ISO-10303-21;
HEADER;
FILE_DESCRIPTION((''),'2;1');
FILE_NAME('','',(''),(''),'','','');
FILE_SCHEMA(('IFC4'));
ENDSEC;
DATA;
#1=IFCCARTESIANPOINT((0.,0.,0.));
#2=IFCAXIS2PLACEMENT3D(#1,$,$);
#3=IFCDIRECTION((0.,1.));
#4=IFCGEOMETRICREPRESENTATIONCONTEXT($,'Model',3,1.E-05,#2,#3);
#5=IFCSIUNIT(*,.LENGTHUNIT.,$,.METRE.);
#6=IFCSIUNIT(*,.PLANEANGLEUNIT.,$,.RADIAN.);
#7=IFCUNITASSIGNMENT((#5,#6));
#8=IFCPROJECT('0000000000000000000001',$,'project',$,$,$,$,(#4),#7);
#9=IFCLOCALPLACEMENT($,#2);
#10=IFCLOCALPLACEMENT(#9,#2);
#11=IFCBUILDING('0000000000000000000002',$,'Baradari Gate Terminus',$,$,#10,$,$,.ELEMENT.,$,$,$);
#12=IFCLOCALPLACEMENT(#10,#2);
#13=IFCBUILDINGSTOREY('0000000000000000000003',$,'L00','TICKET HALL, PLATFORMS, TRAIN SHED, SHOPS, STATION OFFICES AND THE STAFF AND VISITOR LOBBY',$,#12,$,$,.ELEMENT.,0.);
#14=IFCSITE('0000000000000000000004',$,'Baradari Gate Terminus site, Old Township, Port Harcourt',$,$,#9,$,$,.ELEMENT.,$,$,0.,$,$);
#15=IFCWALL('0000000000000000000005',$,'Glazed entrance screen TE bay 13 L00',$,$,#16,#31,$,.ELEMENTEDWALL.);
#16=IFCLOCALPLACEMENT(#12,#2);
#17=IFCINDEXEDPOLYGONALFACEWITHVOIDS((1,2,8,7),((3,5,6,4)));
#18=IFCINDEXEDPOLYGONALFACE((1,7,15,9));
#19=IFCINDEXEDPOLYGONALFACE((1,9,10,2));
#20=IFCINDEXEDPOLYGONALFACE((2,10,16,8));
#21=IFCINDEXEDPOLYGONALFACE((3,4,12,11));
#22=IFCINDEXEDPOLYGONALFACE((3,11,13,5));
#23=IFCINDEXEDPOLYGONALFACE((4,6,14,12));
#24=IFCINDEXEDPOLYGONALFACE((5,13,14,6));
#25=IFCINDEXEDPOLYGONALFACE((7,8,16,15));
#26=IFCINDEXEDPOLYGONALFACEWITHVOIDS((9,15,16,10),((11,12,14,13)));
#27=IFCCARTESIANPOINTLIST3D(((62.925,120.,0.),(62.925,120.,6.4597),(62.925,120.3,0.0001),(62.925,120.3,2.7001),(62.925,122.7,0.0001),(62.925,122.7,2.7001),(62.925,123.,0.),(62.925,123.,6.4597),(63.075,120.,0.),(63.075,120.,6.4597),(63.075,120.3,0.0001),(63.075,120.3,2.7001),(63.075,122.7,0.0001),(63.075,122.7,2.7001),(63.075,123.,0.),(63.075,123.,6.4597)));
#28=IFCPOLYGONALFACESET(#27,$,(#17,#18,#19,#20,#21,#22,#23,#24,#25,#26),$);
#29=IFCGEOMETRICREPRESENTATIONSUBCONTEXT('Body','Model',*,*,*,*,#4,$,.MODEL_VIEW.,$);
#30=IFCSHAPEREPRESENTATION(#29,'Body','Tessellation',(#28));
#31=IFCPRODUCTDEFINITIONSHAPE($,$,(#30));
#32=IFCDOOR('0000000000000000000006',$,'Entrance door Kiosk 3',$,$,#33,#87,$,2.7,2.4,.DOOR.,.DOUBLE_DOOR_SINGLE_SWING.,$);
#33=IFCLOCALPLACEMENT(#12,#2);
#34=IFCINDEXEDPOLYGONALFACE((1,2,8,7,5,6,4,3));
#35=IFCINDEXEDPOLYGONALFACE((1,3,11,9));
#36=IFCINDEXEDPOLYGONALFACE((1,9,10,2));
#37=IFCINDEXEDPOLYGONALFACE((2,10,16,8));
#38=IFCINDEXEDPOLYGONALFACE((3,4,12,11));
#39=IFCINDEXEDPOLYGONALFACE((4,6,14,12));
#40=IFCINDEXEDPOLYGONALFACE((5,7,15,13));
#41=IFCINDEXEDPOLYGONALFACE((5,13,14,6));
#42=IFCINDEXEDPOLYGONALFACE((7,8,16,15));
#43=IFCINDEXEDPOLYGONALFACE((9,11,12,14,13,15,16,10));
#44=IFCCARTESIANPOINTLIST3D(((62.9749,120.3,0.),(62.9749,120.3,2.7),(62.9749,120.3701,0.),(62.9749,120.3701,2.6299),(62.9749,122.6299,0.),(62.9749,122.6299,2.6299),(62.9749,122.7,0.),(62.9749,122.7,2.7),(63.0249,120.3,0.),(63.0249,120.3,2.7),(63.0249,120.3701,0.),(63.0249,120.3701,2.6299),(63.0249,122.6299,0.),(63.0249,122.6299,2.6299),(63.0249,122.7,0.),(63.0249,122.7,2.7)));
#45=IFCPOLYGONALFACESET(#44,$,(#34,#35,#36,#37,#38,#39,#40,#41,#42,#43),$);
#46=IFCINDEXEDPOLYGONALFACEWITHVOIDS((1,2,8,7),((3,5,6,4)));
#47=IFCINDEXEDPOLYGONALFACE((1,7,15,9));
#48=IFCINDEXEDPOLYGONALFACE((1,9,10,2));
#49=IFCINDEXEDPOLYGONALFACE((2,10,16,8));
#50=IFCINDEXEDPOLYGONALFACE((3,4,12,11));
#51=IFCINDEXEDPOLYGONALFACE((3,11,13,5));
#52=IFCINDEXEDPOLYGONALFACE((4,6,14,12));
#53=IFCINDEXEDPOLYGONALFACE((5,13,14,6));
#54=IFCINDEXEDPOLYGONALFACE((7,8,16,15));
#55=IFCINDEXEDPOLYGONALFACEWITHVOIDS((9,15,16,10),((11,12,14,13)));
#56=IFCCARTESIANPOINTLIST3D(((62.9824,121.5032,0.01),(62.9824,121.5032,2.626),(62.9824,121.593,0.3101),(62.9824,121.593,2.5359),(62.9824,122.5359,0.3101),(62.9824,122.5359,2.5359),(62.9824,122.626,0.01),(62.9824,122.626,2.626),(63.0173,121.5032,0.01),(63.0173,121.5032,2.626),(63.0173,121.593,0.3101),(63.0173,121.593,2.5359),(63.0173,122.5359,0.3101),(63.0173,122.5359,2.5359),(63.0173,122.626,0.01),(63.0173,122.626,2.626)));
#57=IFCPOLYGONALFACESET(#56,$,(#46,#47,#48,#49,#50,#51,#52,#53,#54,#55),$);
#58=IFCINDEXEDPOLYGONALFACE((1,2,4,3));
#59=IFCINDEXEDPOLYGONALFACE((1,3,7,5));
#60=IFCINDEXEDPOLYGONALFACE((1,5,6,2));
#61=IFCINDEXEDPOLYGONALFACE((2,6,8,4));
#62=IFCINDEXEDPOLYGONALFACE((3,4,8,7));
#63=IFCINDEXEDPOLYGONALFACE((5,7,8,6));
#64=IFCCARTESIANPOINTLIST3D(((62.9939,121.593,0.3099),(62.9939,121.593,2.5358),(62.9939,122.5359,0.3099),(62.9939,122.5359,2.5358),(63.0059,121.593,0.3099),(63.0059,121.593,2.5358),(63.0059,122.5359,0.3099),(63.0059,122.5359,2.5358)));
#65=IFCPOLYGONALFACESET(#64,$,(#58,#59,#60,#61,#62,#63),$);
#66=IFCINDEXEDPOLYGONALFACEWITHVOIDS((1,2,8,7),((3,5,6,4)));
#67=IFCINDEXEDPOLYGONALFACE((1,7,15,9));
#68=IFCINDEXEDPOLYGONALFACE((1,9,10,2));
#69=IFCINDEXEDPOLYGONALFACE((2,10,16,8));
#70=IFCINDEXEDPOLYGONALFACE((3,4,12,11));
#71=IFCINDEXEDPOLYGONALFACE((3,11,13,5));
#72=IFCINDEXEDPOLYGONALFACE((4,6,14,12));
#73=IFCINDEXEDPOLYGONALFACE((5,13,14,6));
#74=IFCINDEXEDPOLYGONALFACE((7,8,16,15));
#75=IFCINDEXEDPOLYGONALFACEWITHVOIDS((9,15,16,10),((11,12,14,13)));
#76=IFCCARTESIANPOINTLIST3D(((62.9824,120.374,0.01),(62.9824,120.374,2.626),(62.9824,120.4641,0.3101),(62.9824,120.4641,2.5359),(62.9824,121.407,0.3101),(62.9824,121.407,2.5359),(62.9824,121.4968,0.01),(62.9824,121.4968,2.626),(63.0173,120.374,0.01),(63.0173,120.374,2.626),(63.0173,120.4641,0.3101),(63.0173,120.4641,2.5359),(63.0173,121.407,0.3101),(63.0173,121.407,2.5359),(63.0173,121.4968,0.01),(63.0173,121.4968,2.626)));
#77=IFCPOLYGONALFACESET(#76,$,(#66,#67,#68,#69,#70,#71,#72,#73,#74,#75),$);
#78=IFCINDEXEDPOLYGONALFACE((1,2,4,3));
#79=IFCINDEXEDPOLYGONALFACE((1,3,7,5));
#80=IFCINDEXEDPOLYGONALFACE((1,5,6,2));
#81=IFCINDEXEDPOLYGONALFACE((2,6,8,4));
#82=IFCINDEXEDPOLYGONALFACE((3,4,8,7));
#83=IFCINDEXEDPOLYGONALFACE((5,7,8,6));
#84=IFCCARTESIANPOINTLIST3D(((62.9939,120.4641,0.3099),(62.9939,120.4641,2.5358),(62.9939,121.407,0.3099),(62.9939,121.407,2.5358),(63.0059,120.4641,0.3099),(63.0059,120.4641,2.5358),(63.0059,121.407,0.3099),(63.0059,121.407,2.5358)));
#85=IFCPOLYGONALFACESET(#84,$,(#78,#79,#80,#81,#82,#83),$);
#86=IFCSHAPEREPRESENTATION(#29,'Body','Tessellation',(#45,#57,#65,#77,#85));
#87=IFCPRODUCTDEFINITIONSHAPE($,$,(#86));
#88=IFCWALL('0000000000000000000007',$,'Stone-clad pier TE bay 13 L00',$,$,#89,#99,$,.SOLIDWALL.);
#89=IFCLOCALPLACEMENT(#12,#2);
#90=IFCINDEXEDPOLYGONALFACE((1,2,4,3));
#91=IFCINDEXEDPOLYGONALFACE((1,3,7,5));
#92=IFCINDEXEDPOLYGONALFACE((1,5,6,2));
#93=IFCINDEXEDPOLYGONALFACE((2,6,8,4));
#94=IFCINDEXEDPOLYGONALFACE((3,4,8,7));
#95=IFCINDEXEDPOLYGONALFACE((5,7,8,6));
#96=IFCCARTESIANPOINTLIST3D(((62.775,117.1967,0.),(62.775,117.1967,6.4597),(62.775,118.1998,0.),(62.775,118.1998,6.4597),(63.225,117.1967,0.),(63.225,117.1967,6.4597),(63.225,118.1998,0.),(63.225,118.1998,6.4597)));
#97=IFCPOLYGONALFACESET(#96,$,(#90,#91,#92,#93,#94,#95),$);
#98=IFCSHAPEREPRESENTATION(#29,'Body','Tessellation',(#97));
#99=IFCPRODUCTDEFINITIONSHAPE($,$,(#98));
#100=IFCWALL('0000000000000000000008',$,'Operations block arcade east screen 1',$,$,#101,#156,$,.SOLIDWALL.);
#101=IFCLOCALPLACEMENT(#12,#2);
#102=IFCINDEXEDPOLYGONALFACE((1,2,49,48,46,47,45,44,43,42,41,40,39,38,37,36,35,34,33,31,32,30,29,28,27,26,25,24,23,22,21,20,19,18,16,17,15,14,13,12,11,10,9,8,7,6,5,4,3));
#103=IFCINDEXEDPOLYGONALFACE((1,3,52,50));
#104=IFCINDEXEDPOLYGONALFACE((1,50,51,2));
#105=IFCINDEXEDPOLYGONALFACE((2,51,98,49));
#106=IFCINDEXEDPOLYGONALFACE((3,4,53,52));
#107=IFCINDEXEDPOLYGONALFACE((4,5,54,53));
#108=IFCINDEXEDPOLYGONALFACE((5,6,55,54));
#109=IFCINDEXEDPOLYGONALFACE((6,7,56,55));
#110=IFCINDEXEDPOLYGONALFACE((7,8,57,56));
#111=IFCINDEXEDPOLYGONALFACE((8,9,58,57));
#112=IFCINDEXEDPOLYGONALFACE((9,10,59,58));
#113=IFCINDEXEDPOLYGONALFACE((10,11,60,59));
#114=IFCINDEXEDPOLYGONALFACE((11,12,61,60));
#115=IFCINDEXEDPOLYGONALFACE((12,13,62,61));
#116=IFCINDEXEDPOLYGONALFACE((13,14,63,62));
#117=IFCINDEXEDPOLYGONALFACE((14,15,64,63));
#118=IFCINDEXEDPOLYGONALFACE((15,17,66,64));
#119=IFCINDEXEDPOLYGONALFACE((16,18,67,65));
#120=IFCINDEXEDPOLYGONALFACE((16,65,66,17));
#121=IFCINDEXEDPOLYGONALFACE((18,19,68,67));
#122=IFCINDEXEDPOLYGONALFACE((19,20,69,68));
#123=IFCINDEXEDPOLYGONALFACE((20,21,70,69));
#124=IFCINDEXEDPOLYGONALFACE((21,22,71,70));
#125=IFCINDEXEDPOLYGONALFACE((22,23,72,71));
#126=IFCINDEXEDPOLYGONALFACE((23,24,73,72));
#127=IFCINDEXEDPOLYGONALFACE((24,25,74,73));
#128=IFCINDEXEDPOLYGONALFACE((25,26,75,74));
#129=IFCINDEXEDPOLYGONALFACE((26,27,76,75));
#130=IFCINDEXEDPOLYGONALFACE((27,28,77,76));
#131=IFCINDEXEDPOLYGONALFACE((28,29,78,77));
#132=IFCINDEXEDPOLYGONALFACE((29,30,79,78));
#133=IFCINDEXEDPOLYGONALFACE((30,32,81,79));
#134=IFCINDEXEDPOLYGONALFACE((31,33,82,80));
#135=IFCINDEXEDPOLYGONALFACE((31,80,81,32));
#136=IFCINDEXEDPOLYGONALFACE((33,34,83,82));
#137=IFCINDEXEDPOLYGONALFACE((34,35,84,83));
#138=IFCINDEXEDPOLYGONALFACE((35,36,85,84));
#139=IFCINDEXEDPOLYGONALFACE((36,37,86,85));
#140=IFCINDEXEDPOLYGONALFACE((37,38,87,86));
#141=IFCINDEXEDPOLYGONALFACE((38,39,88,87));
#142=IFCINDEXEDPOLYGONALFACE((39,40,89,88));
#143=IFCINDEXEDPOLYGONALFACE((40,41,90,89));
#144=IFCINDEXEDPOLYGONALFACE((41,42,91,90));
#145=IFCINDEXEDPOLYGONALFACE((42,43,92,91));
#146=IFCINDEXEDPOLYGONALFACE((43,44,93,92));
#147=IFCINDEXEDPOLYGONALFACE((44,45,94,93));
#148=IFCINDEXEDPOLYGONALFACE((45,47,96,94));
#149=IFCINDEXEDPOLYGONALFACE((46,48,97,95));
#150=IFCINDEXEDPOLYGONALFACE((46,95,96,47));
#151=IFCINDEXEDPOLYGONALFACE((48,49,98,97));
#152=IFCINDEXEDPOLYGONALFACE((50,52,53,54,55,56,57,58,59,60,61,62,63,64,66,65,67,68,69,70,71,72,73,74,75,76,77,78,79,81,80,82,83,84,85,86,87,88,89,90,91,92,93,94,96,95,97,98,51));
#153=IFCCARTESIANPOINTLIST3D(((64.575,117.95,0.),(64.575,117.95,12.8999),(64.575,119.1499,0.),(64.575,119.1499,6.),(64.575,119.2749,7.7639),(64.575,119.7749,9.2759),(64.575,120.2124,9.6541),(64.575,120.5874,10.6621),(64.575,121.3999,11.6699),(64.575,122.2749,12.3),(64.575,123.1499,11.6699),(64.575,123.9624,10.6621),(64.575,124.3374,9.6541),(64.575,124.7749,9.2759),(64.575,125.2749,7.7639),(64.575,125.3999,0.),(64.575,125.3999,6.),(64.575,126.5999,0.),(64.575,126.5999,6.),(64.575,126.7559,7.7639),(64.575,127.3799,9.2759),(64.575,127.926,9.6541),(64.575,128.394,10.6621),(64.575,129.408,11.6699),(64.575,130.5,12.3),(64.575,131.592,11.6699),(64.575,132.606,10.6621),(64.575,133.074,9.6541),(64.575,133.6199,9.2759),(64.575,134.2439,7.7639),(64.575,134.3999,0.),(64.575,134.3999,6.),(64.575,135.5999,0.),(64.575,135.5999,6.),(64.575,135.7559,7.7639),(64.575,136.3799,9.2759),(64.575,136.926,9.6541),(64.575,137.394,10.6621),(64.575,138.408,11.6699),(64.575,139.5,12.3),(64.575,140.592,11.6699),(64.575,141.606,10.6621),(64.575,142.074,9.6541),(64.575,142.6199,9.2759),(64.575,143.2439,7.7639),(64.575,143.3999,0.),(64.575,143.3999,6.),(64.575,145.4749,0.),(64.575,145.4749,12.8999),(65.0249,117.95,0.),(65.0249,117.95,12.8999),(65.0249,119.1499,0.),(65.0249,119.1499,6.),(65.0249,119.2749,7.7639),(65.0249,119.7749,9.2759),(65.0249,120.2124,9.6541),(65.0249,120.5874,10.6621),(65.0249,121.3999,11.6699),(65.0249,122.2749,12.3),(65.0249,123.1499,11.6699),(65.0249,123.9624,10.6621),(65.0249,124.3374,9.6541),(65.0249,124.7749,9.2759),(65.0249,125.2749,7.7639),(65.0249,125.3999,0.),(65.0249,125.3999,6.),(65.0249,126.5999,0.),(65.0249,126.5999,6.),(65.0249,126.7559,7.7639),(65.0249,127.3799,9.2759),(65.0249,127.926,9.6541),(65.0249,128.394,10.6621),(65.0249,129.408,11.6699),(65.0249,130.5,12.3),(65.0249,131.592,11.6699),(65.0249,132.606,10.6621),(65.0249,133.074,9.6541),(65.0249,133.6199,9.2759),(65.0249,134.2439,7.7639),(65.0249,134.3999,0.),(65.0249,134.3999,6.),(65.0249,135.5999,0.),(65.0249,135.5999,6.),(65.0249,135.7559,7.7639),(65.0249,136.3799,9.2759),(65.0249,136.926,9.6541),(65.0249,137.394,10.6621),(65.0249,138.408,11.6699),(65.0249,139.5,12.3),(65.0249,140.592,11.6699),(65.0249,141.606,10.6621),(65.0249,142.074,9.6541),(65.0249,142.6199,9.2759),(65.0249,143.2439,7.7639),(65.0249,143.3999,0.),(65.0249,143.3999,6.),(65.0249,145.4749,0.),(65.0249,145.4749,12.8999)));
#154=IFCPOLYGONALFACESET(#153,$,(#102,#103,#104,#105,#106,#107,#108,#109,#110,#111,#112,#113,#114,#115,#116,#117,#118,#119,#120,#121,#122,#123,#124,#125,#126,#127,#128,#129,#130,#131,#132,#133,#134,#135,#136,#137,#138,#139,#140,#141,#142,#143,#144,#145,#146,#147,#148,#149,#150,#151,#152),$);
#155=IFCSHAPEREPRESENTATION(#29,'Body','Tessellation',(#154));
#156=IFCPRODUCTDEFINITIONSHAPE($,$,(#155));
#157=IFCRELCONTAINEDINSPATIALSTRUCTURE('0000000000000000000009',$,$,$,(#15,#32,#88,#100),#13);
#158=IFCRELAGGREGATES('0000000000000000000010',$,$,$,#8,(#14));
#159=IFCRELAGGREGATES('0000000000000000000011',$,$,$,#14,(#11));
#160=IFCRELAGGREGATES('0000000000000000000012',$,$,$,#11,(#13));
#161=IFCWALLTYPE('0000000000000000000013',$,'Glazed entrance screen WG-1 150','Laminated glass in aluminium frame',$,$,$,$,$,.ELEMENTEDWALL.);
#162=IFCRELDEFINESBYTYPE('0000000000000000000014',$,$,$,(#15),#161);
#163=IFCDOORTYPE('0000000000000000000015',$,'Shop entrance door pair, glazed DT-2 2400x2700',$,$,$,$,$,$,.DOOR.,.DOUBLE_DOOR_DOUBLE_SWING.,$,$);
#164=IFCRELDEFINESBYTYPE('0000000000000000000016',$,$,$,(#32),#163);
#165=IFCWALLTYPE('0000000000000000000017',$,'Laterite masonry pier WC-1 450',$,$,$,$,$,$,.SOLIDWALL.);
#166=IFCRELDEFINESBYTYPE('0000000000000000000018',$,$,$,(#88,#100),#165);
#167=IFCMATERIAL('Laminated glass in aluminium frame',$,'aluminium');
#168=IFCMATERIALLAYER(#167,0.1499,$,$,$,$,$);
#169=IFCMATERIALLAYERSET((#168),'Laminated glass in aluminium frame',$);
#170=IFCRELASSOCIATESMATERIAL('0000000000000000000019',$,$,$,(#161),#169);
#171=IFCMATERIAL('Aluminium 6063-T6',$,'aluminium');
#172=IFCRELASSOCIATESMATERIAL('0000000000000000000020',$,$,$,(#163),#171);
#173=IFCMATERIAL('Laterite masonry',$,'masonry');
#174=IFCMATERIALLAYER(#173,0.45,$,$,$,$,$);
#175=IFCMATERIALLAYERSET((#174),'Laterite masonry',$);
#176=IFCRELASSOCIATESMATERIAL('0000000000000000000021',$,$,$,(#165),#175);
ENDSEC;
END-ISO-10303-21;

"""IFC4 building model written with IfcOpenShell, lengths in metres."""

from ifc_helpers import new_model, si_unit, direction, frame, frame_2d, origin, place, context, subcontext, project, spatial, polyline, rectangle, outline, extrude, material, layer, layer_set, type_object, element, fill, save


model = new_model("IFC4")

# Units and contexts
model_context = context("Model", 3, precision=1e-05, world=origin(), true_north=direction((0.0, 1.0)))
body_context = subcontext(model_context, "Body", "Model", "MODEL_VIEW")
ifc_project = project(units=[si_unit("LENGTHUNIT", "METRE"), si_unit("PLANEANGLEUNIT", "RADIAN")], contexts=[model_context])

# Site, building, storey
site_placement = place(None, origin())
site = spatial("IfcSite", under=ifc_project, at=site_placement, Name="Baradari Gate Terminus site, Old Township, Port Harcourt", CompositionType="ELEMENT", RefElevation=0.0)
building_placement = place(site_placement, origin())
building = spatial("IfcBuilding", under=site, at=building_placement, Name="Baradari Gate Terminus", CompositionType="ELEMENT")
storey_placement = place(building_placement, origin())
storey = spatial("IfcBuildingStorey", under=building, at=storey_placement, Name="L00", Description="TICKET HALL, PLATFORMS, TRAIN SHED, SHOPS, STATION OFFICES AND THE STAFF AND VISITOR LOBBY", CompositionType="ELEMENT", Elevation=0.0)

# Wall, opening, door
ifc_material_1 = material(Name="Laminated glass in aluminium frame", Category="aluminium")
ifc_layer_1 = layer(ifc_material_1, 0.1499)
ifc_layer_set_1 = layer_set([ifc_layer_1], Name="Laminated glass in aluminium frame")
wall_type_1 = type_object("IfcWallType", Name="Glazed entrance screen WG-1 150", Description="Laminated glass in aluminium frame", PredefinedType="ELEMENTEDWALL", material=ifc_layer_set_1)
wall_1_placement = place(storey_placement, frame((63.0, 120.0, 0.0), z_axis=(0.0, 0.0, 1.0), x_axis=(0.0, 1.0, 0.0)))
wall_1 = element("IfcWall", 1, at=wall_1_placement, inside=storey, type_object=wall_type_1, Name="Glazed entrance screen TE bay 13 L00", PredefinedType="ELEMENTEDWALL", context=body_context, shape_type="SweptSolid", body=[
    extrude(rectangle(XDim=3.0, YDim=0.1499, at=frame_2d((1.5, 0.0))), origin(), (0.0, 0.0, 1.0), 6.4597),
])
opening_placement = place(wall_1_placement, frame((0.3, 0.0, 0.0)))
opening = element("IfcOpeningElement", 2, at=opening_placement, cuts=wall_1, PredefinedType="OPENING", context=body_context, shape_type="SweptSolid", body=[
    extrude(rectangle(XDim=2.3999, YDim=2.7, at=frame_2d((1.2, 1.3501))), frame((0.0, 0.085, 0.0), z_axis=(0.0, -1.0, 0.0), x_axis=(1.0, 0.0, 0.0)), (0.0, 0.0, 1.0), 0.1699),
])
ifc_material_2 = material(Name="Aluminium 6063-T6", Category="aluminium")
door_type = type_object("IfcDoorType", Name="Shop entrance door pair, glazed DT-2 2400x2700", OperationType="DOUBLE_DOOR_DOUBLE_SWING", PredefinedType="DOOR", material=ifc_material_2)
door_placement = place(opening_placement, frame((2.3999, 0.0, 0.0), z_axis=(0.0, 0.0, 1.0), x_axis=(-1.0, 0.0, 0.0)))
door = element("IfcDoor", 3, at=door_placement, inside=storey, type_object=door_type, Name="Entrance door Kiosk 3", OperationType="DOUBLE_DOOR_SINGLE_SWING", OverallHeight=2.7, OverallWidth=2.4, PredefinedType="DOOR", context=body_context, shape_type="SweptSolid", body=[
    extrude(outline(polyline([(0.0, 0.0), (0.0701, 0.0), (0.0701, 2.6299), (2.3298, 2.6299), (2.3298, 0.0), (2.3999, 0.0), (2.3999, 2.7), (0.0, 2.7), (0.0, 0.0)])), frame((0.0, 0.0249, 0.0), z_axis=(0.0, -1.0, 0.0), x_axis=(1.0, 0.0, 0.0)), (0.0, 0.0, 1.0), 0.05),
    extrude(outline(polyline([(0.074, 0.01), (1.1968, 0.01), (1.1968, 2.626), (0.074, 2.626), (0.074, 0.01)]), holes=[polyline([(0.1641, 0.3101), (1.1069, 0.3101), (1.1069, 2.5359), (0.1641, 2.5359), (0.1641, 0.3101)])]), frame((0.0, 0.0173, 0.0), z_axis=(0.0, -1.0, 0.0), x_axis=(1.0, 0.0, 0.0)), (0.0, 0.0, 1.0), 0.0349),
    extrude(rectangle(XDim=0.9429, YDim=2.2258, at=frame_2d((0.6355, 1.4229))), frame((0.0, 0.0059, 0.0), z_axis=(0.0, -1.0, 0.0), x_axis=(1.0, 0.0, 0.0)), (0.0, 0.0, 1.0), 0.012),
    extrude(outline(polyline([(1.2031, 0.01), (2.3259, 0.01), (2.3259, 2.626), (1.2031, 2.626), (1.2031, 0.01)]), holes=[polyline([(1.293, 0.3101), (2.2358, 0.3101), (2.2358, 2.5359), (1.293, 2.5359), (1.293, 0.3101)])]), frame((0.0, 0.0173, 0.0), z_axis=(0.0, -1.0, 0.0), x_axis=(1.0, 0.0, 0.0)), (0.0, 0.0, 1.0), 0.0349),
    extrude(rectangle(XDim=0.9429, YDim=2.2258, at=frame_2d((1.7644, 1.4229))), frame((0.0, 0.0059, 0.0), z_axis=(0.0, -1.0, 0.0), x_axis=(1.0, 0.0, 0.0)), (0.0, 0.0, 1.0), 0.012),
])
fill(opening, door)

# Walls
ifc_material_3 = material(Name="Laterite masonry", Category="masonry")
ifc_layer_2 = layer(ifc_material_3, 0.45)
ifc_layer_set_2 = layer_set([ifc_layer_2], Name="Laterite masonry")
wall_type_2 = type_object("IfcWallType", Name="Laterite masonry pier WC-1 450", PredefinedType="SOLIDWALL", material=ifc_layer_set_2)
wall_2_placement = place(storey_placement, frame((63.0, 117.1968, 0.0), z_axis=(0.0, 0.0, 1.0), x_axis=(0.0, 1.0, 0.0)))
element("IfcWall", 4, at=wall_2_placement, inside=storey, type_object=wall_type_2, Name="Stone-clad pier TE bay 13 L00", PredefinedType="SOLIDWALL", context=body_context, shape_type="SweptSolid", body=[
    extrude(rectangle(XDim=1.0032, YDim=0.45, at=frame_2d((0.5015, 0.0))), origin(), (0.0, 0.0, 1.0), 6.4597),
])
wall_3_placement = place(storey_placement, frame((64.8, 117.95, 0.0), z_axis=(0.0, 0.0, 1.0), x_axis=(0.0, 1.0, 0.0)))
element("IfcWall", 5, at=wall_3_placement, inside=storey, type_object=wall_type_2, Name="Operations block arcade east screen 1", PredefinedType="SOLIDWALL", context=body_context, shape_type="SweptSolid", body=[
    extrude(outline(polyline([(1.2, 0.0), (1.2, 6.0), (1.325, 7.7639), (1.825, 9.2759), (2.2625, 9.6541), (2.6375, 10.6621), (3.45, 11.6699), (4.325, 12.3), (5.2, 11.6699), (6.0125, 10.6621), (6.3875, 9.6541), (6.825, 9.2759), (7.325, 7.7639), (7.45, 6.0), (7.45, 0.0), (8.6499, 0.0), (8.6499, 6.0), (8.8059, 7.7639), (9.4299, 9.2759), (9.9761, 9.6541), (10.4441, 10.6621), (11.458, 11.6699), (12.55, 12.3), (13.6421, 11.6699), (14.656, 10.6621), (15.124, 9.6541), (15.6699, 9.2759), (16.2939, 7.7639), (16.45, 6.0), (16.45, 0.0), (17.6499, 0.0), (17.6499, 6.0), (17.8059, 7.7639), (18.4299, 9.2759), (18.9761, 9.6541), (19.4441, 10.6621), (20.458, 11.6699), (21.55, 12.3), (22.6421, 11.6699), (23.656, 10.6621), (24.124, 9.6541), (24.6699, 9.2759), (25.2939, 7.7639), (25.45, 6.0), (25.45, 0.0), (27.5249, 0.0), (27.5249, 12.8999), (0.0, 12.8999), (0.0, 0.0), (1.2, 0.0)])), frame((0.0, 0.2251, 0.0), z_axis=(0.0, -1.0, 0.0), x_axis=(1.0, 0.0, 0.0)), (0.0, 0.0, 1.0), 0.45),
])

save(model, "model.ifc")
